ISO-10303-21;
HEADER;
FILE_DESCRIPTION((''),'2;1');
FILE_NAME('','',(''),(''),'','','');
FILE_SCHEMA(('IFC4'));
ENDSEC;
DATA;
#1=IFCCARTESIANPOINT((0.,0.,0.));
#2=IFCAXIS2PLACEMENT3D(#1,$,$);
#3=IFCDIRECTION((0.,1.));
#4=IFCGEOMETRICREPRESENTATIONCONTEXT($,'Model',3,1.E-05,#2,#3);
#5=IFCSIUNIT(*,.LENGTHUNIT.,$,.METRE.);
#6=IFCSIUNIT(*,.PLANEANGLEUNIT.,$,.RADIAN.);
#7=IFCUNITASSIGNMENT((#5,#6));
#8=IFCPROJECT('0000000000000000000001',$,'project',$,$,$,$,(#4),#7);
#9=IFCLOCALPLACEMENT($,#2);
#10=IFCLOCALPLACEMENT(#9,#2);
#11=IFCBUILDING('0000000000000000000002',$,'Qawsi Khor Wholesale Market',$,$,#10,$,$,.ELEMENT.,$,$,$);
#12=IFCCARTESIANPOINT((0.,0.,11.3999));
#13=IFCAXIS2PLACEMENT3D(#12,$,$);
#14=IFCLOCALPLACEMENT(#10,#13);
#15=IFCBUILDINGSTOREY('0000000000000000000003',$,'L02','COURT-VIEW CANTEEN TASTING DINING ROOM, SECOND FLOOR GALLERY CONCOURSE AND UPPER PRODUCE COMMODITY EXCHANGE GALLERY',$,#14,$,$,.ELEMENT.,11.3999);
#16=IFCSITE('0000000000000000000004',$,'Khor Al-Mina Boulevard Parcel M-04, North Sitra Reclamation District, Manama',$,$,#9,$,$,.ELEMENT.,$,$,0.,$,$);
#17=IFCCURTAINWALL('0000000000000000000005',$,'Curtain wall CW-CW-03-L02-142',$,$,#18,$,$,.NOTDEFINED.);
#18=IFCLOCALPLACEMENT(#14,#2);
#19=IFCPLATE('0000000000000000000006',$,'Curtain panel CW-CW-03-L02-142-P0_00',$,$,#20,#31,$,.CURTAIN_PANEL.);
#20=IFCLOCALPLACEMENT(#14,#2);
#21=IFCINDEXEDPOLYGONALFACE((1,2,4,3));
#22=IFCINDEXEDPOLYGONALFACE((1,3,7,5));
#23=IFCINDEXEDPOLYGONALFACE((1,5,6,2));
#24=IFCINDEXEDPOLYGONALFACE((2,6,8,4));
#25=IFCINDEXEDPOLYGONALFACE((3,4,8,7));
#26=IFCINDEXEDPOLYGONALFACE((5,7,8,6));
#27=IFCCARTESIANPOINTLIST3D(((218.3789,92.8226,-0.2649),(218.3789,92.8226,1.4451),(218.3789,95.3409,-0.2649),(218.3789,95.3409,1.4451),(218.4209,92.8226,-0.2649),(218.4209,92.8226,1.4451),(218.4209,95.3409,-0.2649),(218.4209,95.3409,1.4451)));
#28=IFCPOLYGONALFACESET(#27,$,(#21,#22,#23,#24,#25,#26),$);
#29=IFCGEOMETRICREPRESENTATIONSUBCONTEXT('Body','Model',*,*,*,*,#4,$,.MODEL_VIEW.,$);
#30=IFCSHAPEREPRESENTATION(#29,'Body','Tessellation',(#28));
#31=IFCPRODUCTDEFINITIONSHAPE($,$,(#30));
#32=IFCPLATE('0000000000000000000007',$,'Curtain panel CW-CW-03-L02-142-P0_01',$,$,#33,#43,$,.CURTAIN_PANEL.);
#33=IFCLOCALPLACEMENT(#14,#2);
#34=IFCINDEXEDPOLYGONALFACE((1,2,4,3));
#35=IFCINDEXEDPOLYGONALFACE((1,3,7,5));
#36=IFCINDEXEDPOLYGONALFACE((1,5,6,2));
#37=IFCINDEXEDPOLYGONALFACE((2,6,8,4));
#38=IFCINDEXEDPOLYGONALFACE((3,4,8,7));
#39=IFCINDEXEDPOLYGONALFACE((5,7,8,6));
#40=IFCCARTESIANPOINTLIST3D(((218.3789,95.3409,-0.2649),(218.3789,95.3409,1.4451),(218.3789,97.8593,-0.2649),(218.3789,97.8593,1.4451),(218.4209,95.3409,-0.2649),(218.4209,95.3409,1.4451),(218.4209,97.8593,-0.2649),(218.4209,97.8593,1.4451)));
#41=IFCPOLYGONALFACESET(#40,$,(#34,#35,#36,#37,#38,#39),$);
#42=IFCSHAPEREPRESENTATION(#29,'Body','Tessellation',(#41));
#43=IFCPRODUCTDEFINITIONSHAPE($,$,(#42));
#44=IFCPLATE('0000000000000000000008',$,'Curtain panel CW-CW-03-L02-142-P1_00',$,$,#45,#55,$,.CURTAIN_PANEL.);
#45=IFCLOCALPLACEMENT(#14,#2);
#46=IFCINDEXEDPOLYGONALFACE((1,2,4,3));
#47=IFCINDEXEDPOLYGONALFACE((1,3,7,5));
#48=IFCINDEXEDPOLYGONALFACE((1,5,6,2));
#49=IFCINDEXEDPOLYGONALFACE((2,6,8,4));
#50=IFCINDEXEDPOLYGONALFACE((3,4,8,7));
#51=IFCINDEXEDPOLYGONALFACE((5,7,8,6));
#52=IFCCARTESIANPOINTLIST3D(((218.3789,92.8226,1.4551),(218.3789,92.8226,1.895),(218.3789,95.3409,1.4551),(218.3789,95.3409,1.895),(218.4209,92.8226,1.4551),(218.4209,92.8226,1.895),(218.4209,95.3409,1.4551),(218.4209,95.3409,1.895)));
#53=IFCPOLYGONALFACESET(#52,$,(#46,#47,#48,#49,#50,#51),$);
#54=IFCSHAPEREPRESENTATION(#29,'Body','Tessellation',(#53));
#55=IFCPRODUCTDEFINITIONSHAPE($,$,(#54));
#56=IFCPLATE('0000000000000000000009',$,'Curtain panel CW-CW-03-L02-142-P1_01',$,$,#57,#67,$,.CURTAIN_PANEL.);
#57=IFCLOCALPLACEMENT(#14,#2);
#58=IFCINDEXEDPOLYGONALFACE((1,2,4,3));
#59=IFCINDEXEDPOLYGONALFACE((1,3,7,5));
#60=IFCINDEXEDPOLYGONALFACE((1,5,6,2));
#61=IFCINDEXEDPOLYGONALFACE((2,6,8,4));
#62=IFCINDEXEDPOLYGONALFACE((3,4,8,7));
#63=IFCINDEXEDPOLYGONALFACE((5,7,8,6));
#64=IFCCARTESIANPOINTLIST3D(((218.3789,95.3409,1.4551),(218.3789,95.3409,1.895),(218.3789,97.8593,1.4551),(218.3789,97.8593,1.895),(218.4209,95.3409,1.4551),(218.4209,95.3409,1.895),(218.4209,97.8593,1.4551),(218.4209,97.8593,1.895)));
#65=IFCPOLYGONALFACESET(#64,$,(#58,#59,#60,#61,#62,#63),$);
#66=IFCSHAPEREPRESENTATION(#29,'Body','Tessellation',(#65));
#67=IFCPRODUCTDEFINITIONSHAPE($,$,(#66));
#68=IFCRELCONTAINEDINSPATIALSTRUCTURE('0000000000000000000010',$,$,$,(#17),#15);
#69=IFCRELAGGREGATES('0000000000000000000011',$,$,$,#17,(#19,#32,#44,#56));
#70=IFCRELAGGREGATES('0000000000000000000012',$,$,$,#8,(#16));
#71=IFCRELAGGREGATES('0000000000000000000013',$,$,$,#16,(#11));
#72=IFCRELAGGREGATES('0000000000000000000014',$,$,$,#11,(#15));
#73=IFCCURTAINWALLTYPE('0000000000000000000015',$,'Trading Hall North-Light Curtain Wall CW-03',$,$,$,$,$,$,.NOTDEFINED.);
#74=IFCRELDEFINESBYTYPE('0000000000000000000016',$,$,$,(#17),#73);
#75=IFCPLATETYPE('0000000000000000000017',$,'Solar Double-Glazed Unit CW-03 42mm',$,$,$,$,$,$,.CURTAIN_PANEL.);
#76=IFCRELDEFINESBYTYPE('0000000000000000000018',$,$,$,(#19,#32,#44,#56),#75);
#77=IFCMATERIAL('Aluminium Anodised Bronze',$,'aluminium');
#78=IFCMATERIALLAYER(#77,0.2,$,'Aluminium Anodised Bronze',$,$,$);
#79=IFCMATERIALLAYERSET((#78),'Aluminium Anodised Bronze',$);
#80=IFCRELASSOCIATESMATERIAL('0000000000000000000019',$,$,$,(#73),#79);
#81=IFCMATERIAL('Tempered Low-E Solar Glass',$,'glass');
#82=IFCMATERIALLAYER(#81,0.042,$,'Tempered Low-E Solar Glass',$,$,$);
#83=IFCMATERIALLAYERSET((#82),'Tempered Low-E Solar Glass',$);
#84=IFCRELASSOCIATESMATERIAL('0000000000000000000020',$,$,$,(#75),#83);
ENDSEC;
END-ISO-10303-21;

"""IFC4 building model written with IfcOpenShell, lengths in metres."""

from ifc_helpers import new_model, si_unit, direction, frame, frame_2d, origin, place, context, subcontext, project, spatial, rectangle, extrude, material, layer, layer_set, type_object, element, aggregate, save


model = new_model("IFC4")

# Units and contexts
model_context = context("Model", 3, precision=1e-05, world=origin(), true_north=direction((0.0, 1.0)))
body_context = subcontext(model_context, "Body", "Model", "MODEL_VIEW")
ifc_project = project(units=[si_unit("LENGTHUNIT", "METRE"), si_unit("PLANEANGLEUNIT", "RADIAN")], contexts=[model_context])

# Site, building, storey
site_placement = place(None, origin())
site = spatial("IfcSite", under=ifc_project, at=site_placement, Name="Khor Al-Mina Boulevard Parcel M-04, North Sitra Reclamation District, Manama", CompositionType="ELEMENT", RefElevation=0.0)
building_placement = place(site_placement, origin())
building = spatial("IfcBuilding", under=site, at=building_placement, Name="Qawsi Khor Wholesale Market", CompositionType="ELEMENT")
storey_placement = place(building_placement, frame((0.0, 0.0, 11.3999)))
storey = spatial("IfcBuildingStorey", under=building, at=storey_placement, Name="L02", Description="COURT-VIEW CANTEEN TASTING DINING ROOM, SECOND FLOOR GALLERY CONCOURSE AND UPPER PRODUCE COMMODITY EXCHANGE GALLERY", CompositionType="ELEMENT", Elevation=11.3999)

# Curtain wall
ifc_material_1 = material(Name="Aluminium Anodised Bronze", Category="aluminium")
ifc_layer_1 = layer(ifc_material_1, 0.2, Name="Aluminium Anodised Bronze")
ifc_layer_set_1 = layer_set([ifc_layer_1], Name="Aluminium Anodised Bronze")
curtain_wall_type = type_object("IfcCurtainWallType", Name="Trading Hall North-Light Curtain Wall CW-03", PredefinedType="NOTDEFINED", material=ifc_layer_set_1)
curtain_wall_placement = place(storey_placement, origin())
curtain_wall = element("IfcCurtainWall", 1, at=curtain_wall_placement, inside=storey, type_object=curtain_wall_type, Name="Curtain wall CW-CW-03-L02-142", PredefinedType="NOTDEFINED")

# Plates
ifc_material_2 = material(Name="Tempered Low-E Solar Glass", Category="glass")
ifc_layer_2 = layer(ifc_material_2, 0.042, Name="Tempered Low-E Solar Glass")
ifc_layer_set_2 = layer_set([ifc_layer_2], Name="Tempered Low-E Solar Glass")
plate_type = type_object("IfcPlateType", Name="Solar Double-Glazed Unit CW-03 42mm", PredefinedType="CURTAIN_PANEL", material=ifc_layer_set_2)
plate_1_placement = place(storey_placement, frame((218.3999, 92.8225, -0.2649), z_axis=(0.0, 0.0, 1.0), x_axis=(0.0, 1.0, 0.0)))
plate_1 = element("IfcPlate", 2, at=plate_1_placement, type_object=plate_type, Name="Curtain panel CW-CW-03-L02-142-P0_00", PredefinedType="CURTAIN_PANEL", context=body_context, shape_type="SweptSolid", body=[
    extrude(rectangle(XDim=2.5183, YDim=0.042, at=frame_2d((1.2593, 0.0))), origin(), (0.0, 0.0, 1.0), 1.71),
])
plate_2_placement = place(storey_placement, frame((218.3999, 95.3408, -0.2649), z_axis=(0.0, 0.0, 1.0), x_axis=(0.0, 1.0, 0.0)))
plate_2 = element("IfcPlate", 3, at=plate_2_placement, type_object=plate_type, Name="Curtain panel CW-CW-03-L02-142-P0_01", PredefinedType="CURTAIN_PANEL", context=body_context, shape_type="SweptSolid", body=[
    extrude(rectangle(XDim=2.5183, YDim=0.042, at=frame_2d((1.2593, 0.0))), origin(), (0.0, 0.0, 1.0), 1.71),
])
plate_3_placement = place(storey_placement, frame((218.3999, 92.8225, 1.4551), z_axis=(0.0, 0.0, 1.0), x_axis=(0.0, 1.0, 0.0)))
plate_3 = element("IfcPlate", 4, at=plate_3_placement, type_object=plate_type, Name="Curtain panel CW-CW-03-L02-142-P1_00", PredefinedType="CURTAIN_PANEL", context=body_context, shape_type="SweptSolid", body=[
    extrude(rectangle(XDim=2.5183, YDim=0.042, at=frame_2d((1.2593, 0.0))), origin(), (0.0, 0.0, 1.0), 0.4399),
])
plate_4_placement = place(storey_placement, frame((218.3999, 95.3408, 1.4551), z_axis=(0.0, 0.0, 1.0), x_axis=(0.0, 1.0, 0.0)))
plate_4 = element("IfcPlate", 5, at=plate_4_placement, type_object=plate_type, Name="Curtain panel CW-CW-03-L02-142-P1_01", PredefinedType="CURTAIN_PANEL", context=body_context, shape_type="SweptSolid", body=[
    extrude(rectangle(XDim=2.5183, YDim=0.042, at=frame_2d((1.2593, 0.0))), origin(), (0.0, 0.0, 1.0), 0.4399),
])
aggregate(curtain_wall, [plate_1, plate_2, plate_3, plate_4])

save(model, "model.ifc")
